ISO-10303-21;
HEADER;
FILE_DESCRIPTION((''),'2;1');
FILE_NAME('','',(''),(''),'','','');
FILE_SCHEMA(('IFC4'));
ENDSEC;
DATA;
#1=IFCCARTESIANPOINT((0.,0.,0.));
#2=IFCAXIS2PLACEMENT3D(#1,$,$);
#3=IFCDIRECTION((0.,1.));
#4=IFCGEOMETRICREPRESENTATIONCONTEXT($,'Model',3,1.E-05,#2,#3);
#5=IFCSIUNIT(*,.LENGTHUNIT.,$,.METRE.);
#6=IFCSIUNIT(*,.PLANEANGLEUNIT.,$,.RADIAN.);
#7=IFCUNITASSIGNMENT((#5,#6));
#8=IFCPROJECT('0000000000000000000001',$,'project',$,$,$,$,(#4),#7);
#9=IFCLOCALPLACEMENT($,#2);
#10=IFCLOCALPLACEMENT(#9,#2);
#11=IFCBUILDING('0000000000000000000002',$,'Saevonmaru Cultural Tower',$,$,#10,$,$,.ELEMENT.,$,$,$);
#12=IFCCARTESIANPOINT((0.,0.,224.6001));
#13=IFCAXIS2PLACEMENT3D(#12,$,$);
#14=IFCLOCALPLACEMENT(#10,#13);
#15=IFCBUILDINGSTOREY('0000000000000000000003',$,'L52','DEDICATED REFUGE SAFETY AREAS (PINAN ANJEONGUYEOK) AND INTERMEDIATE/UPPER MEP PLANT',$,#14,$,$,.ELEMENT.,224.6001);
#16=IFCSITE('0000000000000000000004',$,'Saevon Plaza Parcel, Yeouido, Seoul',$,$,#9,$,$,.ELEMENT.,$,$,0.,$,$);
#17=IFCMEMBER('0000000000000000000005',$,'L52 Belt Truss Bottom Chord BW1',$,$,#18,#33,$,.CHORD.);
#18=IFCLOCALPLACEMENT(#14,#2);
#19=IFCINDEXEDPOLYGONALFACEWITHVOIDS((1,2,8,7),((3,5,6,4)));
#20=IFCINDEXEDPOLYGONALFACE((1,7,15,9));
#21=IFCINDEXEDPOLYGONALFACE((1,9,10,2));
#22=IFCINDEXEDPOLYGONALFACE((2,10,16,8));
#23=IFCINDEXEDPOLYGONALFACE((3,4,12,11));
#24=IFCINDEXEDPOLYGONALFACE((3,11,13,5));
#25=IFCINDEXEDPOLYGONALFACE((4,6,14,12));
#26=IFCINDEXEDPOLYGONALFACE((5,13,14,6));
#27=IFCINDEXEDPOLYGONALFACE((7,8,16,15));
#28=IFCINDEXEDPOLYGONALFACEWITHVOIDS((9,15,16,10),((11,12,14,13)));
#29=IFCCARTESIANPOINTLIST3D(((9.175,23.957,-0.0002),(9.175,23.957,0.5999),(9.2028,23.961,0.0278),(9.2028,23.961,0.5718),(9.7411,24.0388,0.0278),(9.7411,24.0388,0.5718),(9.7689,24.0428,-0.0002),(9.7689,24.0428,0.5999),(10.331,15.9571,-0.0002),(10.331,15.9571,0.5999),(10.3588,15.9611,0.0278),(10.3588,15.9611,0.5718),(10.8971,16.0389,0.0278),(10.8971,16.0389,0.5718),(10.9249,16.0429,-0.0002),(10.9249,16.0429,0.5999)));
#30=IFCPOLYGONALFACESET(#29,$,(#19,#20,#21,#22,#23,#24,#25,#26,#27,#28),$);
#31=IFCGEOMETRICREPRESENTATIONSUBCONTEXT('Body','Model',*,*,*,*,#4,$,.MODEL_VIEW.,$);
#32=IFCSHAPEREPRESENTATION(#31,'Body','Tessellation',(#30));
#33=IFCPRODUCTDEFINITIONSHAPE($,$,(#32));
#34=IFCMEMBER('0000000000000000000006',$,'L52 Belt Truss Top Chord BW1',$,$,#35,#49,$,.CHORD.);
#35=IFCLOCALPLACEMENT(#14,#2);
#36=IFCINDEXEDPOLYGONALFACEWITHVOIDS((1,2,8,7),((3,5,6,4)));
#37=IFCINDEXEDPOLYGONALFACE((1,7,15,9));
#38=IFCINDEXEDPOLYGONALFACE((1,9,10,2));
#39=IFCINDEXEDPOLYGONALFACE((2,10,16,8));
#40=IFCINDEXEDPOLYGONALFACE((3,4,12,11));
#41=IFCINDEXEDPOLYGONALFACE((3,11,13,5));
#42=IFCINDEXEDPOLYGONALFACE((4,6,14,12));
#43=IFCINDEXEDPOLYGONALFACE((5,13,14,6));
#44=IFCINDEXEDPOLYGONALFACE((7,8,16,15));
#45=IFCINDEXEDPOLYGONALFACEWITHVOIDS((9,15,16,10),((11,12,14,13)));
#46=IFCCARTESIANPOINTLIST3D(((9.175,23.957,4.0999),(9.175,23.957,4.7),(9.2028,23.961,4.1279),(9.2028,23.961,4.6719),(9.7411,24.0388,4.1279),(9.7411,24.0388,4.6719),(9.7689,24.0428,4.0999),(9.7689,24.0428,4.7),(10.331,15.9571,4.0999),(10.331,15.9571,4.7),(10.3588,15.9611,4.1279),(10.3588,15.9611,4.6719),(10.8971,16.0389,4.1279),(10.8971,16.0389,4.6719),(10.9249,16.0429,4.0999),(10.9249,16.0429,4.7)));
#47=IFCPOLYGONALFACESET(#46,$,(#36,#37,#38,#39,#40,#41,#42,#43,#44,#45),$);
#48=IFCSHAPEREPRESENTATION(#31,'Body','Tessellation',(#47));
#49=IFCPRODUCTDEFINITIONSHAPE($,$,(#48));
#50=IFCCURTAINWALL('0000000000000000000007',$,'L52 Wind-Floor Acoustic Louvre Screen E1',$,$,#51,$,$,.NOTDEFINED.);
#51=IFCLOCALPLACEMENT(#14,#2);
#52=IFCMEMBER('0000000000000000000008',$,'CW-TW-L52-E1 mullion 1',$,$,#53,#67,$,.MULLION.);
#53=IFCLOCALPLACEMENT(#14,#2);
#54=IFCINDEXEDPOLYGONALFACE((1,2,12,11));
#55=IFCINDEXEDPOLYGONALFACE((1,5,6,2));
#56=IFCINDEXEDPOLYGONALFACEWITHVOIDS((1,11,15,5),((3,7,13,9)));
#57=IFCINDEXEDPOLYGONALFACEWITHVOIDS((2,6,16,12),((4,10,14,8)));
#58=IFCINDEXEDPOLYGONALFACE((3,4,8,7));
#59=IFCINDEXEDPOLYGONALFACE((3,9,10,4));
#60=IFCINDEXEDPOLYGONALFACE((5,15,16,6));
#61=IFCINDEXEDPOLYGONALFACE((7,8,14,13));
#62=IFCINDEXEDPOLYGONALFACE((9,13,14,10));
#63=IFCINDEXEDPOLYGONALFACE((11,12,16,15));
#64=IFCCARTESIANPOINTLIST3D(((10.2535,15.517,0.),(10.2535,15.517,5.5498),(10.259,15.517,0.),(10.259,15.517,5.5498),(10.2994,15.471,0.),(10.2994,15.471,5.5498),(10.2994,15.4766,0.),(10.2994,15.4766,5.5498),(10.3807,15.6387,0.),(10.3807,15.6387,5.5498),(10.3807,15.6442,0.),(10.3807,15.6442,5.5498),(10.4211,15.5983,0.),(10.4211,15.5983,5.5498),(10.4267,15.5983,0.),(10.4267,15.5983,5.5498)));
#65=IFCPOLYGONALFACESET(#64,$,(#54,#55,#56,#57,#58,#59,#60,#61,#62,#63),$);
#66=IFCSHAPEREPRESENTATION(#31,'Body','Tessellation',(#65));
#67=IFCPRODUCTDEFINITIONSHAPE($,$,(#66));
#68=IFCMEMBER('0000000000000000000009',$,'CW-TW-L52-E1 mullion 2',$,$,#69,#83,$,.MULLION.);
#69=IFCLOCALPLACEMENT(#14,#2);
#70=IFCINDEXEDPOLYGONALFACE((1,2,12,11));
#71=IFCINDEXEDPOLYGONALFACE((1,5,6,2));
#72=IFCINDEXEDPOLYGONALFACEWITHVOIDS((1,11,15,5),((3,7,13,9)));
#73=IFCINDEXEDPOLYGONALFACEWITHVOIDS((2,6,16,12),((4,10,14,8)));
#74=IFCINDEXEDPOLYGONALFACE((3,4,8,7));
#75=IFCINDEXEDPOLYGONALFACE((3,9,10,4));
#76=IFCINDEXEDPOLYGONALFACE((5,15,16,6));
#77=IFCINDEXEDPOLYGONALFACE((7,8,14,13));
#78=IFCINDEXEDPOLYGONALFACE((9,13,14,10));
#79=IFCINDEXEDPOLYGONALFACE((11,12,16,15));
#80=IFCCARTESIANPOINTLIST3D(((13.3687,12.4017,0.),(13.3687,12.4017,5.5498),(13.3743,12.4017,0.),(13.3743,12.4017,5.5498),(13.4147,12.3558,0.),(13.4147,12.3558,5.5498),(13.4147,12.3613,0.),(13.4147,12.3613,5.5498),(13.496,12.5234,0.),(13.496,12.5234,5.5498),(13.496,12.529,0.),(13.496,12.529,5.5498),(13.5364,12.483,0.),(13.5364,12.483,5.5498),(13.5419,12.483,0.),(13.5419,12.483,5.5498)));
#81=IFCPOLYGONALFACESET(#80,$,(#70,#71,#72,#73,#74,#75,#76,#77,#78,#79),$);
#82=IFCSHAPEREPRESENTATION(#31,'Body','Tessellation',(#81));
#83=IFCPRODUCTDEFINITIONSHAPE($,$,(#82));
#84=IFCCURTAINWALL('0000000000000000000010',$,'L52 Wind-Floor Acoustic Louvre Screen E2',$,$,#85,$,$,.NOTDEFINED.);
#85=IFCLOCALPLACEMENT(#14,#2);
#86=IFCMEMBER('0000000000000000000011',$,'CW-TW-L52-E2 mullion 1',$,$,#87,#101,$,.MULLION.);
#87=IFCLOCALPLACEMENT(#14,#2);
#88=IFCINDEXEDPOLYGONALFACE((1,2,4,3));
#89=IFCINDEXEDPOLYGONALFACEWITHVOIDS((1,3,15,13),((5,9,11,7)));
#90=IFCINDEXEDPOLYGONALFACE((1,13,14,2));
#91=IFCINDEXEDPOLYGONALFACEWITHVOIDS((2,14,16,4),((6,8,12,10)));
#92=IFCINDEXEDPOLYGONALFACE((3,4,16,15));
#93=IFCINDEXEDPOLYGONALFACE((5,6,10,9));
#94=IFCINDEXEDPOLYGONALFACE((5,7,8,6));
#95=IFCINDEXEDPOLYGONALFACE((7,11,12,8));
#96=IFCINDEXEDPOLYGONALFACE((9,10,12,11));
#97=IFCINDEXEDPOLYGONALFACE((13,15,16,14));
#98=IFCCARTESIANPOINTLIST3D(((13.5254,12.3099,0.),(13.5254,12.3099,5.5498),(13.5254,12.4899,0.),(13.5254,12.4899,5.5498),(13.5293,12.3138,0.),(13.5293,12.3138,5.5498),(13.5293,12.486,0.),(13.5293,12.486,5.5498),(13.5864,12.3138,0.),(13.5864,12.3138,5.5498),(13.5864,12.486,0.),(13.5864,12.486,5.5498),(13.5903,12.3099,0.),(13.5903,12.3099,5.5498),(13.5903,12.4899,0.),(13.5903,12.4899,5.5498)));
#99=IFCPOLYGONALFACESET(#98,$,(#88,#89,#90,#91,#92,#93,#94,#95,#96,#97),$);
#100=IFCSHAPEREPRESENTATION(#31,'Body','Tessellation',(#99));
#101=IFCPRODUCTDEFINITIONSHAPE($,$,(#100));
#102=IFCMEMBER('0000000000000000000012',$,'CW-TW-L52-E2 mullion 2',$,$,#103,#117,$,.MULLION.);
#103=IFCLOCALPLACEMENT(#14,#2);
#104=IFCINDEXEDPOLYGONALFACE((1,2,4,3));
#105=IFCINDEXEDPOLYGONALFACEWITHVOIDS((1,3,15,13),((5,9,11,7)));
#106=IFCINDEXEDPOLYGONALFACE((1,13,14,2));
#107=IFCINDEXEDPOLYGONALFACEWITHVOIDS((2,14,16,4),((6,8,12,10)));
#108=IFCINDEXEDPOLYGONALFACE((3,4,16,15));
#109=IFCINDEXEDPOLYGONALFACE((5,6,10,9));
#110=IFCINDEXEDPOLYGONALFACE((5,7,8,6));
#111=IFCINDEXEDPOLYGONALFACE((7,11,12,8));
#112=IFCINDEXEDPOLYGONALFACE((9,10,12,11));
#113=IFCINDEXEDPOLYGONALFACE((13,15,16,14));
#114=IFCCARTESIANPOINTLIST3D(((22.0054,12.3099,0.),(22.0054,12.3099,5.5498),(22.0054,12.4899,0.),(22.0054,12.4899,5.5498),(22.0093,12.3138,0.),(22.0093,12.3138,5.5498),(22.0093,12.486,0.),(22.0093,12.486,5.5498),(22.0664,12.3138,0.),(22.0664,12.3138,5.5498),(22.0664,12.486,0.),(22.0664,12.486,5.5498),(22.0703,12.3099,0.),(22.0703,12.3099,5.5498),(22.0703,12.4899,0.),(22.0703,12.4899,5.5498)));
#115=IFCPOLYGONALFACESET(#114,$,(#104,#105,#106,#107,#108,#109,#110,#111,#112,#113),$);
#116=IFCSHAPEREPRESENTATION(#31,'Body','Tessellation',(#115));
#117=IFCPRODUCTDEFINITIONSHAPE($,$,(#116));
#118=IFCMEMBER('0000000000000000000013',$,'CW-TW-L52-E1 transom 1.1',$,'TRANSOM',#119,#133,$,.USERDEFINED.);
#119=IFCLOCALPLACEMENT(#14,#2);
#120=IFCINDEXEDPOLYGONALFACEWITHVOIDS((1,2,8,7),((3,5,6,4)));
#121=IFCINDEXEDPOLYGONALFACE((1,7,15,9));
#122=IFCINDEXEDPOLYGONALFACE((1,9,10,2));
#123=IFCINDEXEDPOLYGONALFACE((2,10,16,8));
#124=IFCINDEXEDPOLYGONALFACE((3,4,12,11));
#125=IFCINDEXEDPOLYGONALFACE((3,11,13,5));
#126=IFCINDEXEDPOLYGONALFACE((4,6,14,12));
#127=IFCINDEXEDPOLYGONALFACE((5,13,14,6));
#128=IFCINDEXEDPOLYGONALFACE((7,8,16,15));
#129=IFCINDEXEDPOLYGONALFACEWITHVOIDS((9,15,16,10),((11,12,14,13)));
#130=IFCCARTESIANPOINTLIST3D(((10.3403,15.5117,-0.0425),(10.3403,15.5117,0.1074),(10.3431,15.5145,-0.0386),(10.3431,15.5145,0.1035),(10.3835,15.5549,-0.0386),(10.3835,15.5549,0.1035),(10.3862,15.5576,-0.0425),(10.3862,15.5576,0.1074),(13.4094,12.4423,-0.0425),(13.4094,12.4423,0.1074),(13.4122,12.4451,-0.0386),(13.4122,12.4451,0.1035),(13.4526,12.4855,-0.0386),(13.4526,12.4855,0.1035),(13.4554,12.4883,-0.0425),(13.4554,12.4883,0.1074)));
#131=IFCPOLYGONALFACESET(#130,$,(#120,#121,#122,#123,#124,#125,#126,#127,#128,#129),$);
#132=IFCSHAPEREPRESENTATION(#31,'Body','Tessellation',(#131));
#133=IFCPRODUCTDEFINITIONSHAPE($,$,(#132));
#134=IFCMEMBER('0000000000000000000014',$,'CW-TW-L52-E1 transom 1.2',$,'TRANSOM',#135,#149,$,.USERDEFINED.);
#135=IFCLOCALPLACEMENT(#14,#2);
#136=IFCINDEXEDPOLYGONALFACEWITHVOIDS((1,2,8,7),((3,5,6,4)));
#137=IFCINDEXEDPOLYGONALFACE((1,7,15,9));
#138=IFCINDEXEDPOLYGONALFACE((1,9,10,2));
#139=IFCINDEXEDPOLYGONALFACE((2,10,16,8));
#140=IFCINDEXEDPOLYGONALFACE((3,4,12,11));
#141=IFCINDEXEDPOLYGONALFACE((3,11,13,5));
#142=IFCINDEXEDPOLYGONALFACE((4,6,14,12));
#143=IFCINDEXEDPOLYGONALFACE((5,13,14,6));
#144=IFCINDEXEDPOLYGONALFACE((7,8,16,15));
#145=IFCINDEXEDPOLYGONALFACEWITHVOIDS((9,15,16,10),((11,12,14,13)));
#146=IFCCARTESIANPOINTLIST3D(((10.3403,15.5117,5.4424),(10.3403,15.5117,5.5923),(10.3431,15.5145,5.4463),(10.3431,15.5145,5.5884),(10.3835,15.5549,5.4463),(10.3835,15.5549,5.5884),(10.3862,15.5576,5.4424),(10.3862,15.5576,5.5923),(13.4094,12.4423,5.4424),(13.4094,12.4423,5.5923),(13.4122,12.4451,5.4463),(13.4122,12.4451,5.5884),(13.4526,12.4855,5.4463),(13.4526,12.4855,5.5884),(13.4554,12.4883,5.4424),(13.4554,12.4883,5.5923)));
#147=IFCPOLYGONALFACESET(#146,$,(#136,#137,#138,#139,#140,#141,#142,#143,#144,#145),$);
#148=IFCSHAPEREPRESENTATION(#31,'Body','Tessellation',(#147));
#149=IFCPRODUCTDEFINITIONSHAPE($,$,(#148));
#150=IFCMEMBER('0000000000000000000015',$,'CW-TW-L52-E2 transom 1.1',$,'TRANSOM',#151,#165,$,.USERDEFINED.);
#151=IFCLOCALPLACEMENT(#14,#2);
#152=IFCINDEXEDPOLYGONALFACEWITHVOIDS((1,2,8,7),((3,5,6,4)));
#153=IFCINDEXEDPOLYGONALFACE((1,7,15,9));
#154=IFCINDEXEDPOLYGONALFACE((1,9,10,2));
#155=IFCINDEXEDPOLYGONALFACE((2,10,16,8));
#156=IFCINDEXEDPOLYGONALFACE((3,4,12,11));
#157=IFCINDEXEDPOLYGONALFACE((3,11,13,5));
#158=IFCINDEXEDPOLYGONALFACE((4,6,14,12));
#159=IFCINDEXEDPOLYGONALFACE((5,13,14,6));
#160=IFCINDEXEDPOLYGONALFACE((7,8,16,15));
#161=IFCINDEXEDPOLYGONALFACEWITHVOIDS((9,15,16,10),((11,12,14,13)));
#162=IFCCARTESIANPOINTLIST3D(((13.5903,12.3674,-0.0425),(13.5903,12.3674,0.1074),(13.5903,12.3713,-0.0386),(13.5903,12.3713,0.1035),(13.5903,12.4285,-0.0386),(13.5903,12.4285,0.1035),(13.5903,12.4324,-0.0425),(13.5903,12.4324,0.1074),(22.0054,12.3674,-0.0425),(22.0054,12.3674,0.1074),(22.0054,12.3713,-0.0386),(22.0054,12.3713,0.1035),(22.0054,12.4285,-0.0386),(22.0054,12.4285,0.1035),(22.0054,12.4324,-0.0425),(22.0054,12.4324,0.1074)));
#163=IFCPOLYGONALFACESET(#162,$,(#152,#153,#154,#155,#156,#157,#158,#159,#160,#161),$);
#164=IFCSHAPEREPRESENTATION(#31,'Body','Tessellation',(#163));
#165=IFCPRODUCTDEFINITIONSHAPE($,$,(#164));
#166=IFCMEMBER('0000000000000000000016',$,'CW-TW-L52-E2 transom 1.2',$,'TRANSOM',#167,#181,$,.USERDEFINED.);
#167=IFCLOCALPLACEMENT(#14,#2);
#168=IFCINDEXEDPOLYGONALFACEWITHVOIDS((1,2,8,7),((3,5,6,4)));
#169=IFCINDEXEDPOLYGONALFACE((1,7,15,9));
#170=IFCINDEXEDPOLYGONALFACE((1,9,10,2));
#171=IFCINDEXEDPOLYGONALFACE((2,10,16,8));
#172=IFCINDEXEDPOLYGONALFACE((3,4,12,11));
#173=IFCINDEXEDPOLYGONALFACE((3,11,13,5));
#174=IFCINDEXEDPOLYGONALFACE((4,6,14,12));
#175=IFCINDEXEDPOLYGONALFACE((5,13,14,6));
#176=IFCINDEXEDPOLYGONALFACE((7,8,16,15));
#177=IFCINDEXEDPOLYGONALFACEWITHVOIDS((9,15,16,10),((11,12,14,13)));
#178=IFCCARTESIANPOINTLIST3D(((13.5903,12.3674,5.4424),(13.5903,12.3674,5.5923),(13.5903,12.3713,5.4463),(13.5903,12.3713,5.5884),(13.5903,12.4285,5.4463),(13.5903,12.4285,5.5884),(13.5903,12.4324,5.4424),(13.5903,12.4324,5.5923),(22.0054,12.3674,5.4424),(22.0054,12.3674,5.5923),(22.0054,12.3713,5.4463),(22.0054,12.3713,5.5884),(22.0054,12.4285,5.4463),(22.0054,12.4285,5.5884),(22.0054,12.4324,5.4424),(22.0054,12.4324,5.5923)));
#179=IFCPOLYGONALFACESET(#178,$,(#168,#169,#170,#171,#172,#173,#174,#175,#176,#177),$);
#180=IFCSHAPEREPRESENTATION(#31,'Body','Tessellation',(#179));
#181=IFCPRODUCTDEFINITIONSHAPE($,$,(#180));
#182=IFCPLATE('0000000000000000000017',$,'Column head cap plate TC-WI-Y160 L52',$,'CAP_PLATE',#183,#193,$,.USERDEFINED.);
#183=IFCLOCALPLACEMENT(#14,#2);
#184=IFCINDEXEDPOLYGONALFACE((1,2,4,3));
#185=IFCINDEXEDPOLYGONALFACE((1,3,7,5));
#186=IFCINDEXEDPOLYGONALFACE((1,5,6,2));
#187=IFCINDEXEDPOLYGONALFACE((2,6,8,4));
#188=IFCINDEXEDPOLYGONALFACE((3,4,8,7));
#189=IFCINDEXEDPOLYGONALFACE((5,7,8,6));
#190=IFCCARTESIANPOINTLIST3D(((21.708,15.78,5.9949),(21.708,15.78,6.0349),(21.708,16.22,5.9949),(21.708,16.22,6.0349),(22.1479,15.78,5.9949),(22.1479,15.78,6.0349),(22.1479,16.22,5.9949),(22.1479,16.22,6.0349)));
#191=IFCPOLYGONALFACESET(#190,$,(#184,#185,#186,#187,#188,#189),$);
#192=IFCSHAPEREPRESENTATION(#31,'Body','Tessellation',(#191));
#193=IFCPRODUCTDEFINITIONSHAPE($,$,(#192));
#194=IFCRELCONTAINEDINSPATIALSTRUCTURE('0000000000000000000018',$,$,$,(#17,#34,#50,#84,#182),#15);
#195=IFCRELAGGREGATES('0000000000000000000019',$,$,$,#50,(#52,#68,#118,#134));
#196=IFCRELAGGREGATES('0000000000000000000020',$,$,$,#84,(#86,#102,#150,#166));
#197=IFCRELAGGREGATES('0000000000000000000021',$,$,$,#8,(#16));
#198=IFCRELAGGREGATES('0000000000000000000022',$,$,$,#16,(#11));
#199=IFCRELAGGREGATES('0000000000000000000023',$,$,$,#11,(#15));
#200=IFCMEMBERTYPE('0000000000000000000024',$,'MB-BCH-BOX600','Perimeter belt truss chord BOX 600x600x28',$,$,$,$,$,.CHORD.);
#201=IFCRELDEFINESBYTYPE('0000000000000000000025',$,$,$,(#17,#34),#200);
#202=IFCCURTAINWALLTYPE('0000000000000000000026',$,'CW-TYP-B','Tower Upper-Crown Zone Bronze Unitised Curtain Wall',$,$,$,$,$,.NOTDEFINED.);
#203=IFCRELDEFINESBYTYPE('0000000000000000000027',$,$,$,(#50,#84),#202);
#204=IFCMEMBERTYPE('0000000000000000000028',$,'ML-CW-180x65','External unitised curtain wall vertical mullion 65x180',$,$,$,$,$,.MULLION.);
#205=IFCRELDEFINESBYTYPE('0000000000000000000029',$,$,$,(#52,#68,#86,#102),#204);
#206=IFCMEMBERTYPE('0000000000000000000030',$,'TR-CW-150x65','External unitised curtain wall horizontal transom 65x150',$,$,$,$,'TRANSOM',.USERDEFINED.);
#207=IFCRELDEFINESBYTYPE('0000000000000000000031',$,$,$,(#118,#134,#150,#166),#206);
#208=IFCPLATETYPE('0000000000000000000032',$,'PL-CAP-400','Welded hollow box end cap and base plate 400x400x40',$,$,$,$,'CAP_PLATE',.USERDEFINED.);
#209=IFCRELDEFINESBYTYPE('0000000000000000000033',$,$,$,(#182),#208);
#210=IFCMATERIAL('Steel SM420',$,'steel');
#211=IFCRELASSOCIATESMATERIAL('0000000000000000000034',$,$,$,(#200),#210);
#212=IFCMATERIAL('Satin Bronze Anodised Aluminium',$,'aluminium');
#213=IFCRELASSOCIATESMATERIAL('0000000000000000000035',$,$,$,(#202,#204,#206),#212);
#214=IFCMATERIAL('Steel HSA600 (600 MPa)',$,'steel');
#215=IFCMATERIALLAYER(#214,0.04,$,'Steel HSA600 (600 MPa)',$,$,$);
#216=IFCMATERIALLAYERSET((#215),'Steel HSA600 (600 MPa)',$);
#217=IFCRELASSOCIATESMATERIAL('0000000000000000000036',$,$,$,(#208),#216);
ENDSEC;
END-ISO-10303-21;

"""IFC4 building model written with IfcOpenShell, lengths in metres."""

from ifc_helpers import new_model, si_unit, direction, frame, origin, origin_2d, place, context, subcontext, project, spatial, rectangle, hollow_rectangle, extrude, material, layer, layer_set, material_profile, profile_set, type_object, element, aggregate, save


model = new_model("IFC4")

# Units and contexts
model_context = context("Model", 3, precision=1e-05, world=origin(), true_north=direction((0.0, 1.0)))
body_context = subcontext(model_context, "Body", "Model", "MODEL_VIEW")
ifc_project = project(units=[si_unit("LENGTHUNIT", "METRE"), si_unit("PLANEANGLEUNIT", "RADIAN")], contexts=[model_context])

# Site, building, storey
site_placement = place(None, origin())
site = spatial("IfcSite", under=ifc_project, at=site_placement, Name="Saevon Plaza Parcel, Yeouido, Seoul", CompositionType="ELEMENT", RefElevation=0.0)
building_placement = place(site_placement, origin())
building = spatial("IfcBuilding", under=site, at=building_placement, Name="Saevonmaru Cultural Tower", CompositionType="ELEMENT")
storey_placement = place(building_placement, frame((0.0, 0.0, 224.6001)))
storey = spatial("IfcBuildingStorey", under=building, at=storey_placement, Name="L52", Description="DEDICATED REFUGE SAFETY AREAS (PINAN ANJEONGUYEOK) AND INTERMEDIATE/UPPER MEP PLANT", CompositionType="ELEMENT", Elevation=224.6001)

# Shared definitions
ifc_material_1 = material(Name="Steel SM420", Category="steel")

# Shared definitions
ifc_material_2 = material(Name="Steel HSA600 (600 MPa)", Category="steel")

# Members
ifc_material_profile_1 = material_profile(ifc_material_1, hollow_rectangle(XDim=0.6001, YDim=0.6001, WallThickness=0.0281, at=origin_2d()), Name="BOX-600x600x28")
ifc_profile_set_1 = profile_set([ifc_material_profile_1], Name="Steel SM420")
member_type_1 = type_object("IfcMemberType", Name="MB-BCH-BOX600", Description="Perimeter belt truss chord BOX 600x600x28", PredefinedType="CHORD", material=ifc_profile_set_1)
for number, where, z_axis, x_axis, name in (
    (1, (10.6279, 16.0, 0.2998), (-0.143015, 0.98972, 0.0), (-0.98972, -0.143015, 0.0), "L52 Belt Truss Bottom Chord BW1"),
    (2, (10.6279, 16.0, 4.3999), (-0.143015, 0.98972, 0.0), (-0.98972, -0.143015, 0.0), "L52 Belt Truss Top Chord BW1"),
):
    element("IfcMember", number, at=place(storey_placement, frame(where, z_axis=z_axis, x_axis=x_axis)), inside=storey, type_object=member_type_1, Name=name, PredefinedType="CHORD", context=body_context, shape_type="SweptSolid", body=[
        extrude(hollow_rectangle(XDim=0.6001, YDim=0.6001, WallThickness=0.0281, at=origin_2d()), origin(), (0.0, 0.0, 1.0), 8.083),
    ])

# Curtain walls, members
ifc_material_3 = material(Name="Satin Bronze Anodised Aluminium", Category="aluminium")
curtain_wall_type = type_object("IfcCurtainWallType", Name="CW-TYP-B", Description="Tower Upper-Crown Zone Bronze Unitised Curtain Wall", PredefinedType="NOTDEFINED", material=ifc_material_3)
curtain_wall_1_placement = place(storey_placement, origin())
curtain_wall_1 = element("IfcCurtainWall", 3, at=curtain_wall_1_placement, inside=storey, type_object=curtain_wall_type, Name="L52 Wind-Floor Acoustic Louvre Screen E1", PredefinedType="NOTDEFINED")
ifc_material_profile_2 = material_profile(ifc_material_3, hollow_rectangle(XDim=0.0649, YDim=0.1799, WallThickness=0.0039, at=origin_2d()), Name="ALU-MULL-180x65x4")
ifc_profile_set_2 = profile_set([ifc_material_profile_2], Name="Satin Bronze Anodised Aluminium")
member_type_2 = type_object("IfcMemberType", Name="ML-CW-180x65", Description="External unitised curtain wall vertical mullion 65x180", PredefinedType="MULLION", material=ifc_profile_set_2)
member_1_placement = place(storey_placement, frame((10.3401, 15.5576, 0.0), z_axis=(0.0, 0.0, 1.0), x_axis=(0.707107, -0.707107, 0.0)))
member_1 = element("IfcMember", 4, at=member_1_placement, type_object=member_type_2, Name="CW-TW-L52-E1 mullion 1", PredefinedType="MULLION", context=body_context, shape_type="SweptSolid", body=[
    extrude(hollow_rectangle(XDim=0.0649, YDim=0.1799, WallThickness=0.0039, at=origin_2d()), origin(), (0.0, 0.0, 1.0), 5.5498),
])
member_2_placement = place(storey_placement, frame((13.4553, 12.4424, 0.0), z_axis=(0.0, 0.0, 1.0), x_axis=(0.707107, -0.707107, 0.0)))
member_2 = element("IfcMember", 5, at=member_2_placement, type_object=member_type_2, Name="CW-TW-L52-E1 mullion 2", PredefinedType="MULLION", context=body_context, shape_type="SweptSolid", body=[
    extrude(hollow_rectangle(XDim=0.0649, YDim=0.1799, WallThickness=0.0039, at=origin_2d()), origin(), (0.0, 0.0, 1.0), 5.5498),
])
curtain_wall_2_placement = place(storey_placement, origin())
curtain_wall_2 = element("IfcCurtainWall", 6, at=curtain_wall_2_placement, inside=storey, type_object=curtain_wall_type, Name="L52 Wind-Floor Acoustic Louvre Screen E2", PredefinedType="NOTDEFINED")
member_3_placement = place(storey_placement, frame((13.5579, 12.3999, 0.0), z_axis=(0.0, 0.0, 1.0), x_axis=(1.0, 0.0, 0.0)))
member_3 = element("IfcMember", 7, at=member_3_placement, type_object=member_type_2, Name="CW-TW-L52-E2 mullion 1", PredefinedType="MULLION", context=body_context, shape_type="SweptSolid", body=[
    extrude(hollow_rectangle(XDim=0.0649, YDim=0.1799, WallThickness=0.0039, at=origin_2d()), origin(), (0.0, 0.0, 1.0), 5.5498),
])
member_4_placement = place(storey_placement, frame((22.0378, 12.3999, 0.0), z_axis=(0.0, 0.0, 1.0), x_axis=(1.0, 0.0, 0.0)))
member_4 = element("IfcMember", 8, at=member_4_placement, type_object=member_type_2, Name="CW-TW-L52-E2 mullion 2", PredefinedType="MULLION", context=body_context, shape_type="SweptSolid", body=[
    extrude(hollow_rectangle(XDim=0.0649, YDim=0.1799, WallThickness=0.0039, at=origin_2d()), origin(), (0.0, 0.0, 1.0), 5.5498),
])

# Members
ifc_material_profile_3 = material_profile(ifc_material_3, hollow_rectangle(XDim=0.0649, YDim=0.1499, WallThickness=0.0039, at=origin_2d()), Name="ALU-TRAN-150x65x4")
ifc_profile_set_3 = profile_set([ifc_material_profile_3], Name="Satin Bronze Anodised Aluminium")
member_type_3 = type_object("IfcMemberType", Name="TR-CW-150x65", Description="External unitised curtain wall horizontal transom 65x150", ElementType="TRANSOM", PredefinedType="USERDEFINED", material=ifc_profile_set_3)
member_5_placement = place(storey_placement, frame((10.3633, 15.5347, 0.0325), z_axis=(0.707079, -0.707135, 0.0), x_axis=(0.707135, 0.707079, 0.0)))
member_5 = element("IfcMember", 9, at=member_5_placement, type_object=member_type_3, Name="CW-TW-L52-E1 transom 1.1", ObjectType="TRANSOM", PredefinedType="USERDEFINED", context=body_context, shape_type="SweptSolid", body=[
    extrude(hollow_rectangle(XDim=0.0649, YDim=0.1499, WallThickness=0.0039, at=origin_2d()), origin(), (0.0, 0.0, 1.0), 4.3406),
])
member_6_placement = place(storey_placement, frame((10.3633, 15.5347, 5.5173), z_axis=(0.707079, -0.707135, 0.0), x_axis=(0.707135, 0.707079, 0.0)))
member_6 = element("IfcMember", 10, at=member_6_placement, type_object=member_type_3, Name="CW-TW-L52-E1 transom 1.2", ObjectType="TRANSOM", PredefinedType="USERDEFINED", context=body_context, shape_type="SweptSolid", body=[
    extrude(hollow_rectangle(XDim=0.0649, YDim=0.1499, WallThickness=0.0039, at=origin_2d()), origin(), (0.0, 0.0, 1.0), 4.3406),
])
member_7_placement = place(storey_placement, frame((13.5903, 12.3999, 0.0325), z_axis=(1.0, 0.0, 0.0), x_axis=(0.0, 1.0, 0.0)))
member_7 = element("IfcMember", 11, at=member_7_placement, type_object=member_type_3, Name="CW-TW-L52-E2 transom 1.1", ObjectType="TRANSOM", PredefinedType="USERDEFINED", context=body_context, shape_type="SweptSolid", body=[
    extrude(hollow_rectangle(XDim=0.0649, YDim=0.1499, WallThickness=0.0039, at=origin_2d()), origin(), (0.0, 0.0, 1.0), 8.415),
])
member_8_placement = place(storey_placement, frame((13.5903, 12.3999, 5.5173), z_axis=(1.0, 0.0, 0.0), x_axis=(0.0, 1.0, 0.0)))
member_8 = element("IfcMember", 12, at=member_8_placement, type_object=member_type_3, Name="CW-TW-L52-E2 transom 1.2", ObjectType="TRANSOM", PredefinedType="USERDEFINED", context=body_context, shape_type="SweptSolid", body=[
    extrude(hollow_rectangle(XDim=0.0649, YDim=0.1499, WallThickness=0.0039, at=origin_2d()), origin(), (0.0, 0.0, 1.0), 8.415),
])

# Plate
ifc_layer_1 = layer(ifc_material_2, 0.04, Name="Steel HSA600 (600 MPa)")
ifc_layer_set_1 = layer_set([ifc_layer_1], Name="Steel HSA600 (600 MPa)")
plate_type_1 = type_object("IfcPlateType", Name="PL-CAP-400", Description="Welded hollow box end cap and base plate 400x400x40", ElementType="CAP_PLATE", PredefinedType="USERDEFINED", material=ifc_layer_set_1)
plate_1_placement = place(storey_placement, frame((21.928, 16.0, 5.9949), z_axis=(0.0, 0.0, 1.0), x_axis=(1.0, 0.0, 0.0)))
element("IfcPlate", 13, at=plate_1_placement, inside=storey, type_object=plate_type_1, Name="Column head cap plate TC-WI-Y160 L52", ObjectType="CAP_PLATE", PredefinedType="USERDEFINED", context=body_context, shape_type="SweptSolid", body=[
    extrude(rectangle(XDim=0.4399, YDim=0.4399, at=origin_2d()), origin(), (0.0, 0.0, 1.0), 0.04),
])

aggregate(curtain_wall_1, [member_1, member_2, member_5, member_6])
aggregate(curtain_wall_2, [member_3, member_4, member_7, member_8])

save(model, "model.ifc")
